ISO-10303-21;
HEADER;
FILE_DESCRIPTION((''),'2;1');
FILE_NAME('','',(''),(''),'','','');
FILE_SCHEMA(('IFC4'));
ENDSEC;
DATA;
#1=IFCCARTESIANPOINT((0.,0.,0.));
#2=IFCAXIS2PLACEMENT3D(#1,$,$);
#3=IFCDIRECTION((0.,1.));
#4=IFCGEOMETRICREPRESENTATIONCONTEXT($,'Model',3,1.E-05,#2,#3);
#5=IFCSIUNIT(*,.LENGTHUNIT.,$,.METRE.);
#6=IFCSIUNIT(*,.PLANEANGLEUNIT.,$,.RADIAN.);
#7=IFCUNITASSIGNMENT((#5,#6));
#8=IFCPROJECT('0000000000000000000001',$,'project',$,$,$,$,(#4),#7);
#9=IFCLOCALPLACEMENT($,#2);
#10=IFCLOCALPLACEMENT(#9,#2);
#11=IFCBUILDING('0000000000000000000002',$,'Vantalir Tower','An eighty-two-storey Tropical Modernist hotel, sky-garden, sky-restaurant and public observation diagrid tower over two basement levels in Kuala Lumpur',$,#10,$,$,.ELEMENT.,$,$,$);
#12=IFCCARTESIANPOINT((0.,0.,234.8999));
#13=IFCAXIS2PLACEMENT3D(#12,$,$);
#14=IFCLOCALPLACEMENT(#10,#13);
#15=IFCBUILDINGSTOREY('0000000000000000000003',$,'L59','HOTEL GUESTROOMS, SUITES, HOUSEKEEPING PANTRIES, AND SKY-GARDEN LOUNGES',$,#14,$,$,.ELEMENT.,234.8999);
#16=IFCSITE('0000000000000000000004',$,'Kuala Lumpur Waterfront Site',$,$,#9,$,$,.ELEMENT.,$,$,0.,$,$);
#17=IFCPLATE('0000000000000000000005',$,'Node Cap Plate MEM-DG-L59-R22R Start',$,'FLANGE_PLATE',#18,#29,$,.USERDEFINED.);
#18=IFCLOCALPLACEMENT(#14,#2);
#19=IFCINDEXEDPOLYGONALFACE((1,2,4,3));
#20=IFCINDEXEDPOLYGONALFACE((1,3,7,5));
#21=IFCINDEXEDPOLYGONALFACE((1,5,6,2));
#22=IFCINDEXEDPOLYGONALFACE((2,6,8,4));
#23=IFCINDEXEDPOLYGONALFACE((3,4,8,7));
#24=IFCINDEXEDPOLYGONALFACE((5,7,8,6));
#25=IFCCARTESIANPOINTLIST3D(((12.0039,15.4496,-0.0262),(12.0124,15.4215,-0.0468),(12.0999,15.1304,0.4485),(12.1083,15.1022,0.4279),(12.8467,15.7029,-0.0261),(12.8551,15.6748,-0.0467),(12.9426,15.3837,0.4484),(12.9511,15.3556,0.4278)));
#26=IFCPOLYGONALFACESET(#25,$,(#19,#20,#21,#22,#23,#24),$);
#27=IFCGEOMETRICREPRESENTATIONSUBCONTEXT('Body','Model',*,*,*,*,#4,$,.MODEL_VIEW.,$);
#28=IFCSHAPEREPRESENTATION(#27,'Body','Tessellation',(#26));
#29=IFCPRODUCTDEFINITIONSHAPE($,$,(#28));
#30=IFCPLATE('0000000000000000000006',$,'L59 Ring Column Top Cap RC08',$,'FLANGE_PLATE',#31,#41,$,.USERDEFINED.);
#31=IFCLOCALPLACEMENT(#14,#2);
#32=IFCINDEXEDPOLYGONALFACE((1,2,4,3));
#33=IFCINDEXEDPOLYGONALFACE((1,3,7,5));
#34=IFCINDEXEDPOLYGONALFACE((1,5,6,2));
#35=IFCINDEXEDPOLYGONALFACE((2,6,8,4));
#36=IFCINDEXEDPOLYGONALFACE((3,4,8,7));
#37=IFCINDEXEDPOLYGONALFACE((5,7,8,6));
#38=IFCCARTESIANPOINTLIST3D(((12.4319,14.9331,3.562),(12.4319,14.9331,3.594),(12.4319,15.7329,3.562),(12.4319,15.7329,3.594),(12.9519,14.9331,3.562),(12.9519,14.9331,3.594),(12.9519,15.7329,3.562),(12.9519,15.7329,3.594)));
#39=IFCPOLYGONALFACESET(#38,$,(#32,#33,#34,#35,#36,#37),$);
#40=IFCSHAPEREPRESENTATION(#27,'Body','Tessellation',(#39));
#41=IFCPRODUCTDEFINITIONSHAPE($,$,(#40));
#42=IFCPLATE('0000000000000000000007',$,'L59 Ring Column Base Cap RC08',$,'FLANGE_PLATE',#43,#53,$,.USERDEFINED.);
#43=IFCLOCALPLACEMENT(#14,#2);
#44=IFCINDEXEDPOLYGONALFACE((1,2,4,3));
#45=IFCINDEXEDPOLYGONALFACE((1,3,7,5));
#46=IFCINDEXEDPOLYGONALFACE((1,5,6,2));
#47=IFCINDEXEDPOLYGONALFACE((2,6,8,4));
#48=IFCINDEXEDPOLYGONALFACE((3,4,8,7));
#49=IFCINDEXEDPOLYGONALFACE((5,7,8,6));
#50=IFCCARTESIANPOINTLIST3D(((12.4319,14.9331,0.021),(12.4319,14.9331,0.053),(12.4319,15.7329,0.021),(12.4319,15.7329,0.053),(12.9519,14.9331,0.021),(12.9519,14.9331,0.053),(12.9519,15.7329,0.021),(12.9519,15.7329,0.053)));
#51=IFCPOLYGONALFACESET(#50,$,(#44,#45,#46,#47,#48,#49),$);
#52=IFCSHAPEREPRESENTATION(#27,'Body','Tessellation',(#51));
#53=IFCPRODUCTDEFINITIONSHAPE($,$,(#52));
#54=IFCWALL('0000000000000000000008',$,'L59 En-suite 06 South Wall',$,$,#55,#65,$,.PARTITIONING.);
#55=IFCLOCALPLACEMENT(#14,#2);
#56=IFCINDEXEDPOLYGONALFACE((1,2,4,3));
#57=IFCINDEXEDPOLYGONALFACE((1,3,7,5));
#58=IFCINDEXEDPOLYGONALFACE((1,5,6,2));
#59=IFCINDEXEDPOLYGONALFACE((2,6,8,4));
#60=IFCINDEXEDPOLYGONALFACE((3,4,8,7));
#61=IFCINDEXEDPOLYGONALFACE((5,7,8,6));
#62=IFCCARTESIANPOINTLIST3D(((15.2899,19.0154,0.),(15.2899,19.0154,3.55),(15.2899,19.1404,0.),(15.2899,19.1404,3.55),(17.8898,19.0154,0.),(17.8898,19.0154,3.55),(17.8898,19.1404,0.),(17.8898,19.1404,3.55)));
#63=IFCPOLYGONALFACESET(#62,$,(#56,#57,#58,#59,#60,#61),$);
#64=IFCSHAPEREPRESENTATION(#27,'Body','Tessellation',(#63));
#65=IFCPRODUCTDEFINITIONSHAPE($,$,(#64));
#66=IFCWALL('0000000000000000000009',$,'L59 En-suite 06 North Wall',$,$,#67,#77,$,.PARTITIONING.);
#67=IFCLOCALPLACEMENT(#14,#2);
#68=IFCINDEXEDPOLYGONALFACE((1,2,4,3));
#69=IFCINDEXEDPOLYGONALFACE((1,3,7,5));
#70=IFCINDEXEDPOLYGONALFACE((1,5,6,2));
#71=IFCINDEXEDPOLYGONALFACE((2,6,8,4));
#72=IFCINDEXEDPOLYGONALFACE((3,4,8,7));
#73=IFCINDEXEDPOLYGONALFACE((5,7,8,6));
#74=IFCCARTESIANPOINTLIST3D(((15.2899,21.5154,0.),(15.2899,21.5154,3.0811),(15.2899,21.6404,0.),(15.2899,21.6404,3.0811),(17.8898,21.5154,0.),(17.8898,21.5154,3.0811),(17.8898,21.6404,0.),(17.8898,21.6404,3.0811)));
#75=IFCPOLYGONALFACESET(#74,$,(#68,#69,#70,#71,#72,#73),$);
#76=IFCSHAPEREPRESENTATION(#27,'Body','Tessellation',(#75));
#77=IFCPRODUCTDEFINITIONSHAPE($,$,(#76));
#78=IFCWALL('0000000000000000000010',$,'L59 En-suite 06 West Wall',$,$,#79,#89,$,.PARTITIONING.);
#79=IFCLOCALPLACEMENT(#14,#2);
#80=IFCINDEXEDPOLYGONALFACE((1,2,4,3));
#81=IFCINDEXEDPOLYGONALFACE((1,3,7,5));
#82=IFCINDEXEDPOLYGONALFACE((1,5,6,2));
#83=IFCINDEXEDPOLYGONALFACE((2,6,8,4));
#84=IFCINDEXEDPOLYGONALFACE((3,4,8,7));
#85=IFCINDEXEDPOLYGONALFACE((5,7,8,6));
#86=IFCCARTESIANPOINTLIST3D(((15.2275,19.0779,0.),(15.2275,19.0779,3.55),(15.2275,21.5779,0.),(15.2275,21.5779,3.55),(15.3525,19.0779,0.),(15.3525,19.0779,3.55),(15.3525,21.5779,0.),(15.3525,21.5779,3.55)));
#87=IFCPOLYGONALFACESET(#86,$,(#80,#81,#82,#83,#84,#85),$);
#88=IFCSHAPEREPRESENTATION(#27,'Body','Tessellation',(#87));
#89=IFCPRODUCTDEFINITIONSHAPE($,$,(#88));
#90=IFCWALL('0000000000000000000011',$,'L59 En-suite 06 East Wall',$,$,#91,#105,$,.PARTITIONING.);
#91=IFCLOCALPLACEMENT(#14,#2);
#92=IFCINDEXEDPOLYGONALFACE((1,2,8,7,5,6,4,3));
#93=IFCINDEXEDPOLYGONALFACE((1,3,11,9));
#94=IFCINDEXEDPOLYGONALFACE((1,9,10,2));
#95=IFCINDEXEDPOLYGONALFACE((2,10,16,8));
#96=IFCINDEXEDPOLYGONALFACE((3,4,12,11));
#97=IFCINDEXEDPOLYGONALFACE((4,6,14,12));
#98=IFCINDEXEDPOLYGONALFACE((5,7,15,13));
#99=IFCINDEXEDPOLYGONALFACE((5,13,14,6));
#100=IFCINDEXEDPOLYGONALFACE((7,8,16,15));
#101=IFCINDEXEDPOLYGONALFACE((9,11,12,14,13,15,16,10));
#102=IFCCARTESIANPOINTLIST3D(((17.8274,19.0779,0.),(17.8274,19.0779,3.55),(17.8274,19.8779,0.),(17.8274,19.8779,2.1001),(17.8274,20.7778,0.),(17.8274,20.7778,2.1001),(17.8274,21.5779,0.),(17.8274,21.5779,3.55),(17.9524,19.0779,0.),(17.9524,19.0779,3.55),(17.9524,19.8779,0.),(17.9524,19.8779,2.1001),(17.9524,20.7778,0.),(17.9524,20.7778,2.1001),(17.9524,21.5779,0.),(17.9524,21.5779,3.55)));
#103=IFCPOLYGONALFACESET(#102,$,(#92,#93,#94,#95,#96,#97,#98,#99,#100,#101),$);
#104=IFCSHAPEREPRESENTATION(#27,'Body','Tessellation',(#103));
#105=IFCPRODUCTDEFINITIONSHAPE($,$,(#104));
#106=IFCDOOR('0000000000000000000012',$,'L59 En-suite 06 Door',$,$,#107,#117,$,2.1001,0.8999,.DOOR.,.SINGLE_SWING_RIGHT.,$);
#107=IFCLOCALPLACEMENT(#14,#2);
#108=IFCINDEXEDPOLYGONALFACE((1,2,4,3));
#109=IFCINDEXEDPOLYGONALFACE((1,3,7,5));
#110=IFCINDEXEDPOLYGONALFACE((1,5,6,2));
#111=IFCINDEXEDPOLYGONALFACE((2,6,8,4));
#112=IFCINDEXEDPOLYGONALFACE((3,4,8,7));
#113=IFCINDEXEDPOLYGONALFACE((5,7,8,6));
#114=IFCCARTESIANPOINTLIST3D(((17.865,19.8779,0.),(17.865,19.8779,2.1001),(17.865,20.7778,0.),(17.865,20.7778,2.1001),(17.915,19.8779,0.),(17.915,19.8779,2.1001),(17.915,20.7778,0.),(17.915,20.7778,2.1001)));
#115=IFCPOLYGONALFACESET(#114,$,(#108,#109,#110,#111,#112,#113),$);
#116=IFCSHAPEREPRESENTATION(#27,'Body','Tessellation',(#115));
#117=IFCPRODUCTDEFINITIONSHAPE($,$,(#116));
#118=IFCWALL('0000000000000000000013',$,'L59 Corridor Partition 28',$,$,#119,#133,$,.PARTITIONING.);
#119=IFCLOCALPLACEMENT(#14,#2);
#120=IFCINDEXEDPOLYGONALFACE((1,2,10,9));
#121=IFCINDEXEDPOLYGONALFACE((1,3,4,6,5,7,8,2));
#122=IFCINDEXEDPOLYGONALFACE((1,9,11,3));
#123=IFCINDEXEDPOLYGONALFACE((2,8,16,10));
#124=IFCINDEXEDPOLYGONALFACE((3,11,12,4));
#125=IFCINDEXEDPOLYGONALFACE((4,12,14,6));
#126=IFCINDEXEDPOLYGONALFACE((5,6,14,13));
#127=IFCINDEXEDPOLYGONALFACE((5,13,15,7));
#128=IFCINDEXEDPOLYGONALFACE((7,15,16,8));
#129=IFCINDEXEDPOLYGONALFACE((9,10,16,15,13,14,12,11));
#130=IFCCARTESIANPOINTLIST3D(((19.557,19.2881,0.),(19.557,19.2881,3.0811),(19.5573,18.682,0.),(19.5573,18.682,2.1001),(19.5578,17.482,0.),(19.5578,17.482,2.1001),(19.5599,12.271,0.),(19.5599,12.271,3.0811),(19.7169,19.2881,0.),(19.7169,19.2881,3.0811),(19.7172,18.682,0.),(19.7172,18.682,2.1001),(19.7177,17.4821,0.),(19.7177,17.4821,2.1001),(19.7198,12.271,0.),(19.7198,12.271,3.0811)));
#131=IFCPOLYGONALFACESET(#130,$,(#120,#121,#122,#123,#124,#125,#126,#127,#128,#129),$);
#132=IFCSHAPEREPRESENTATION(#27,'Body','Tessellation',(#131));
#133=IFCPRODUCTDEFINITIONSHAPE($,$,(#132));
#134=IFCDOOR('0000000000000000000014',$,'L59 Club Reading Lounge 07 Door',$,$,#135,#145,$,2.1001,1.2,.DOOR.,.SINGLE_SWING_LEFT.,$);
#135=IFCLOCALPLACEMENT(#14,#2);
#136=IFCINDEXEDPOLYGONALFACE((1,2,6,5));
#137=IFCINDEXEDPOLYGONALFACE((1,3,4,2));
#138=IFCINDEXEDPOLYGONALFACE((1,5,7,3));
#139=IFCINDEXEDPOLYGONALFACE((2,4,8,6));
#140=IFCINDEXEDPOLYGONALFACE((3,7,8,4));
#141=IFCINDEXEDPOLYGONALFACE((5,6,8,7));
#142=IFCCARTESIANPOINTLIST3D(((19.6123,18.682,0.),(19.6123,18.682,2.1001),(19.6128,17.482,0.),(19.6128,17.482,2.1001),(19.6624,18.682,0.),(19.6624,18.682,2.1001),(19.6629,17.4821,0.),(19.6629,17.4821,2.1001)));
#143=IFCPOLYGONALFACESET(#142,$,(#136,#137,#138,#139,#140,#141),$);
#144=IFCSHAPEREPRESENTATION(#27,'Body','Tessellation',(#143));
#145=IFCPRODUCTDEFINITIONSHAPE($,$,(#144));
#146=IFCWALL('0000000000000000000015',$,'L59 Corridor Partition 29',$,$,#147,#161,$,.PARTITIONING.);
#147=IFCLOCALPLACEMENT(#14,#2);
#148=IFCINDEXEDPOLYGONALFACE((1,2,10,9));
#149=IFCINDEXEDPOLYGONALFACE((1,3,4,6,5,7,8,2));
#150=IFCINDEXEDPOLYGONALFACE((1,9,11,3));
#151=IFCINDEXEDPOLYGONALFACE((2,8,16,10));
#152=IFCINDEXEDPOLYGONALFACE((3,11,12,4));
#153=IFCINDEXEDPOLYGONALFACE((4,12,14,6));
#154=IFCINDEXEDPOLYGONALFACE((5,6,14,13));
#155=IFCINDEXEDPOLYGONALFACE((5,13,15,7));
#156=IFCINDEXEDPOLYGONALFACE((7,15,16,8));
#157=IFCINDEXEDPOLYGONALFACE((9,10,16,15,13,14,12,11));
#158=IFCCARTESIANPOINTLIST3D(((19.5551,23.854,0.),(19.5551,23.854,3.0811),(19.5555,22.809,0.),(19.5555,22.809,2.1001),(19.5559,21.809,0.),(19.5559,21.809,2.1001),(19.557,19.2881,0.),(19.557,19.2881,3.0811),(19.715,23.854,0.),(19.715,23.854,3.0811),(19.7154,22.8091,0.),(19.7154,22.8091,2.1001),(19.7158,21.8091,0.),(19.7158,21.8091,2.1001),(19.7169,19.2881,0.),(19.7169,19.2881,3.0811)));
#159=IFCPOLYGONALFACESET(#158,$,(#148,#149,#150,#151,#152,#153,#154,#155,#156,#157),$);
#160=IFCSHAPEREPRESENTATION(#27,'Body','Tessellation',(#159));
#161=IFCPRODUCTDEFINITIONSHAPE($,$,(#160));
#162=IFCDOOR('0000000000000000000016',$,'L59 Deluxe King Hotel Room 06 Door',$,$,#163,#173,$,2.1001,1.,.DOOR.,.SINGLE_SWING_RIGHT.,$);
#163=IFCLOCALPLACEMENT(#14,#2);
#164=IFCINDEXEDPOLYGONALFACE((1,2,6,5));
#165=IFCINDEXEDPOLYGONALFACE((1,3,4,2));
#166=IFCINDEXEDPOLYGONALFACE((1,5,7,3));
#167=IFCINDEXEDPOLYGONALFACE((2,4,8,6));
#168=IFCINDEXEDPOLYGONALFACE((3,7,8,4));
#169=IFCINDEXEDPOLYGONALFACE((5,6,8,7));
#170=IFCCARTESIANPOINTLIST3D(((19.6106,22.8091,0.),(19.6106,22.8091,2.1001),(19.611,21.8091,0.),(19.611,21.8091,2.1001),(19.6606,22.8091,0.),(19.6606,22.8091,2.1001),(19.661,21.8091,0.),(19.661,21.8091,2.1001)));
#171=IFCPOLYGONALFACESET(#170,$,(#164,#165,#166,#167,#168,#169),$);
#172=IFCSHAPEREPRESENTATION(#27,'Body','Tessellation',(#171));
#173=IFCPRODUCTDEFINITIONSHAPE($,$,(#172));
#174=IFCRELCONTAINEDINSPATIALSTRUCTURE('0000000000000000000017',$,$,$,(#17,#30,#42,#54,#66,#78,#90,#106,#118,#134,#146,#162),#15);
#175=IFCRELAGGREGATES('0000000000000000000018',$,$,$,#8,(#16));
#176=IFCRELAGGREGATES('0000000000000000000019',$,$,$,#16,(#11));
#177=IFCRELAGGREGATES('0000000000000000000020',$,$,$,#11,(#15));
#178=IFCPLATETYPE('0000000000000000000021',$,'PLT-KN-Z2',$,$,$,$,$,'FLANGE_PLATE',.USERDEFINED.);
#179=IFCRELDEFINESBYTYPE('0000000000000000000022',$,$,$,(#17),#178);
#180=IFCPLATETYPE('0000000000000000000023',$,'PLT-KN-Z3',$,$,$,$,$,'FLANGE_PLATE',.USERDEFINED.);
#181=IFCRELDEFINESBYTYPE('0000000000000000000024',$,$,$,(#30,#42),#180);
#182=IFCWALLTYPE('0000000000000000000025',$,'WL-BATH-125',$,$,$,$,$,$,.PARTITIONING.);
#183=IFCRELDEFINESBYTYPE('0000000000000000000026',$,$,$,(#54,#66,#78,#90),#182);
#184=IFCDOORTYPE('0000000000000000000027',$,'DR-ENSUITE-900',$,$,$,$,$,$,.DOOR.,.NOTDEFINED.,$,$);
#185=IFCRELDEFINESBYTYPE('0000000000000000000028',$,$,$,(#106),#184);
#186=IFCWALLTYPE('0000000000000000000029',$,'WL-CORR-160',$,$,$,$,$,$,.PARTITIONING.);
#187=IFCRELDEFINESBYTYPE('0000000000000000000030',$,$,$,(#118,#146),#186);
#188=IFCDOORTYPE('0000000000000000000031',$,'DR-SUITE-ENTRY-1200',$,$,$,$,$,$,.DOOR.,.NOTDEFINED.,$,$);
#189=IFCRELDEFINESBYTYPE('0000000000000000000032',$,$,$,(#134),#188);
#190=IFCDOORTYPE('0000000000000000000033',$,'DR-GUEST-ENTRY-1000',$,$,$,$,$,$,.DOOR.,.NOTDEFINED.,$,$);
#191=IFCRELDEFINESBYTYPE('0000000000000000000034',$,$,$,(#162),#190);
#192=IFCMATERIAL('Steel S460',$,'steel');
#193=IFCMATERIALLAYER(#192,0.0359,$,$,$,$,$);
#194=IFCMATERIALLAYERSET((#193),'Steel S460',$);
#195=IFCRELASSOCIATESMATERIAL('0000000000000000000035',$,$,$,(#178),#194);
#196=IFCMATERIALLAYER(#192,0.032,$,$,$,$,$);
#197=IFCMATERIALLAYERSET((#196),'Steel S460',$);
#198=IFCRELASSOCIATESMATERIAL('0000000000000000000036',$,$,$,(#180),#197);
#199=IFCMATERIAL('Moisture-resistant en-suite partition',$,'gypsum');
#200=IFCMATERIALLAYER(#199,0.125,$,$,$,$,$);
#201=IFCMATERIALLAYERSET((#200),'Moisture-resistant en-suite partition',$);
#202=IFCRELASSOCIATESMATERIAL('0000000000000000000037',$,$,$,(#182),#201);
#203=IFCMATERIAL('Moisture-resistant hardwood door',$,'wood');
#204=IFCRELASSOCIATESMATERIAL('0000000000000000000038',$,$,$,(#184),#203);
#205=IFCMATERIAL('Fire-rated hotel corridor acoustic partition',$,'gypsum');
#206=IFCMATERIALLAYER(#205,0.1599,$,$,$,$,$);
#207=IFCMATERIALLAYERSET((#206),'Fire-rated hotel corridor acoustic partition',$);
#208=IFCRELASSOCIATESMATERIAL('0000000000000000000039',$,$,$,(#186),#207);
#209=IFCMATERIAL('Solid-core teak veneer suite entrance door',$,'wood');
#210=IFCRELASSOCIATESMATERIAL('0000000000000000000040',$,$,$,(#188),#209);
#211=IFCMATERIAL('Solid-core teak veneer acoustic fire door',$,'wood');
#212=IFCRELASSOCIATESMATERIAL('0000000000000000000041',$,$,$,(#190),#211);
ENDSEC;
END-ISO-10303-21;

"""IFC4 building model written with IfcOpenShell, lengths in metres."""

from ifc_helpers import new_model, si_unit, direction, frame, frame_2d, origin, place, context, subcontext, project, spatial, polyline, rectangle, outline, extrude, material, layer, layer_set, type_object, element, fill, save


model = new_model("IFC4")

# Units and contexts
model_context = context("Model", 3, precision=1e-05, world=origin(), true_north=direction((0.0, 1.0)))
body_context = subcontext(model_context, "Body", "Model", "MODEL_VIEW")
ifc_project = project(units=[si_unit("LENGTHUNIT", "METRE"), si_unit("PLANEANGLEUNIT", "RADIAN")], contexts=[model_context])

# Site, building, storey
site_placement = place(None, origin())
site = spatial("IfcSite", under=ifc_project, at=site_placement, Name="Kuala Lumpur Waterfront Site", CompositionType="ELEMENT", RefElevation=0.0)
building_placement = place(site_placement, origin())
building = spatial("IfcBuilding", under=site, at=building_placement, Name="Vantalir Tower", Description="An eighty-two-storey Tropical Modernist hotel, sky-garden, sky-restaurant and public observation diagrid tower over two basement levels in Kuala Lumpur", CompositionType="ELEMENT")
storey_placement = place(building_placement, frame((0.0, 0.0, 234.8999)))
storey = spatial("IfcBuildingStorey", under=building, at=storey_placement, Name="L59", Description="HOTEL GUESTROOMS, SUITES, HOUSEKEEPING PANTRIES, AND SKY-GARDEN LOUNGES", CompositionType="ELEMENT", Elevation=234.8999)

# Shared definitions
ifc_material_1 = material(Name="Steel S460", Category="steel")

# Plates
ifc_layer_1 = layer(ifc_material_1, 0.0359)
ifc_layer_set_1 = layer_set([ifc_layer_1], Name="Steel S460")
plate_type_1 = type_object("IfcPlateType", Name="PLT-KN-Z2", ElementType="FLANGE_PLATE", PredefinedType="USERDEFINED", material=ifc_layer_set_1)
plate_1_placement = place(storey_placement, frame((12.8467, 15.7029, -0.0261), z_axis=(-0.235545, 0.783712, 0.574729), x_axis=(-0.957694, -0.287789, -0.000062)))
element("IfcPlate", 1, at=plate_1_placement, inside=storey, type_object=plate_type_1, Name="Node Cap Plate MEM-DG-L59-R22R Start", ObjectType="FLANGE_PLATE", PredefinedType="USERDEFINED", context=body_context, shape_type="SweptSolid", body=[
    extrude(outline(polyline([(0.0, 0.0), (0.88, 0.0), (0.88, 0.58), (-0.0001, 0.5799), (0.0, 0.0)])), origin(), (0.0, 0.0, -1.0), 0.0359),
])
ifc_layer_2 = layer(ifc_material_1, 0.032)
ifc_layer_set_2 = layer_set([ifc_layer_2], Name="Steel S460")
plate_type_2 = type_object("IfcPlateType", Name="PLT-KN-Z3", ElementType="FLANGE_PLATE", PredefinedType="USERDEFINED", material=ifc_layer_set_2)
for number, where, z_axis, x_axis, name in (
    (2, (12.4319, 15.7329, 3.594), (0.0, 0.0, 1.0), (0.0, -1.0, 0.0), "L59 Ring Column Top Cap RC08"),
    (3, (12.4319, 15.7329, 0.053), (0.0, 0.0, 1.0), (0.0, -1.0, 0.0), "L59 Ring Column Base Cap RC08"),
):
    element("IfcPlate", number, at=place(storey_placement, frame(where, z_axis=z_axis, x_axis=x_axis)), inside=storey, type_object=plate_type_2, Name=name, ObjectType="FLANGE_PLATE", PredefinedType="USERDEFINED", context=body_context, shape_type="SweptSolid", body=[
        extrude(outline(polyline([(0.0, 0.0), (0.7998, 0.0), (0.7998, 0.52), (0.0, 0.52), (0.0, 0.0)])), origin(), (0.0, 0.0, -1.0), 0.032),
    ])

# Walls
ifc_material_2 = material(Name="Moisture-resistant en-suite partition", Category="gypsum")
ifc_layer_3 = layer(ifc_material_2, 0.125)
ifc_layer_set_3 = layer_set([ifc_layer_3], Name="Moisture-resistant en-suite partition")
wall_type_1 = type_object("IfcWallType", Name="WL-BATH-125", PredefinedType="PARTITIONING", material=ifc_layer_set_3)
wall_1_placement = place(storey_placement, frame((15.29, 19.0779, 0.0), z_axis=(0.0, 0.0, 1.0), x_axis=(1.0, 0.0, 0.0)))
element("IfcWall", 4, at=wall_1_placement, inside=storey, type_object=wall_type_1, Name="L59 En-suite 06 South Wall", PredefinedType="PARTITIONING", context=body_context, shape_type="SweptSolid", body=[
    extrude(rectangle(XDim=2.5999, YDim=0.125, at=frame_2d((1.2998, 0.0))), origin(), (0.0, 0.0, 1.0), 3.55),
])
wall_2_placement = place(storey_placement, frame((15.29, 21.5779, 0.0), z_axis=(0.0, 0.0, 1.0), x_axis=(1.0, 0.0, 0.0)))
element("IfcWall", 5, at=wall_2_placement, inside=storey, type_object=wall_type_1, Name="L59 En-suite 06 North Wall", PredefinedType="PARTITIONING", context=body_context, shape_type="SweptSolid", body=[
    extrude(rectangle(XDim=2.5999, YDim=0.125, at=frame_2d((1.2998, 0.0))), origin(), (0.0, 0.0, 1.0), 3.0811),
])
wall_3_placement = place(storey_placement, frame((15.29, 19.0779, 0.0), z_axis=(0.0, 0.0, 1.0), x_axis=(0.0, 1.0, 0.0)))
element("IfcWall", 6, at=wall_3_placement, inside=storey, type_object=wall_type_1, Name="L59 En-suite 06 West Wall", PredefinedType="PARTITIONING", context=body_context, shape_type="SweptSolid", body=[
    extrude(rectangle(XDim=2.5, YDim=0.125, at=frame_2d((1.25, 0.0))), origin(), (0.0, 0.0, 1.0), 3.55),
])

# Walls, openings, doors
wall_4_placement = place(storey_placement, frame((17.8899, 19.0779, 0.0), z_axis=(0.0, 0.0, 1.0), x_axis=(0.0, 1.0, 0.0)))
wall_4 = element("IfcWall", 7, at=wall_4_placement, inside=storey, type_object=wall_type_1, Name="L59 En-suite 06 East Wall", PredefinedType="PARTITIONING", context=body_context, shape_type="SweptSolid", body=[
    extrude(rectangle(XDim=2.5, YDim=0.125, at=frame_2d((1.25, 0.0))), origin(), (0.0, 0.0, 1.0), 3.55),
])
opening_1_placement = place(wall_4_placement, frame((0.8, 0.0, 0.0)))
opening_1 = element("IfcOpeningElement", 8, at=opening_1_placement, cuts=wall_4, PredefinedType="OPENING", context=body_context, shape_type="SweptSolid", body=[
    extrude(rectangle(XDim=0.8999, YDim=2.1001, at=frame_2d((0.45, 1.05))), frame((0.0, 0.0725, 0.0), z_axis=(0.0, -1.0, 0.0), x_axis=(1.0, 0.0, 0.0)), (0.0, 0.0, 1.0), 0.145),
])
ifc_material_3 = material(Name="Moisture-resistant hardwood door", Category="wood")
door_type_1 = type_object("IfcDoorType", Name="DR-ENSUITE-900", OperationType="NOTDEFINED", PredefinedType="DOOR", material=ifc_material_3)
door_1_placement = place(opening_1_placement, origin())
door_1 = element("IfcDoor", 9, at=door_1_placement, inside=storey, type_object=door_type_1, Name="L59 En-suite 06 Door", OperationType="SINGLE_SWING_RIGHT", OverallHeight=2.1001, OverallWidth=0.8999, PredefinedType="DOOR", context=body_context, shape_type="SweptSolid", body=[
    extrude(rectangle(XDim=0.8999, YDim=2.1001, at=frame_2d((0.45, 1.05))), frame((0.0, 0.0249, 0.0), z_axis=(0.0, -1.0, 0.0), x_axis=(1.0, 0.0, 0.0)), (0.0, 0.0, 1.0), 0.05),
])
fill(opening_1, door_1)
ifc_material_4 = material(Name="Fire-rated hotel corridor acoustic partition", Category="gypsum")
ifc_layer_4 = layer(ifc_material_4, 0.1599)
ifc_layer_set_4 = layer_set([ifc_layer_4], Name="Fire-rated hotel corridor acoustic partition")
wall_type_2 = type_object("IfcWallType", Name="WL-CORR-160", PredefinedType="PARTITIONING", material=ifc_layer_set_4)
wall_5_placement = place(storey_placement, frame((19.6399, 12.271, 0.0), z_axis=(0.0, 0.0, 1.0), x_axis=(-0.000418, 1.0, 0.0)))
wall_5 = element("IfcWall", 10, at=wall_5_placement, inside=storey, type_object=wall_type_2, Name="L59 Corridor Partition 28", PredefinedType="PARTITIONING", context=body_context, shape_type="SweptSolid", body=[
    extrude(rectangle(XDim=7.0171, YDim=0.1599, at=frame_2d((3.5085, 0.0))), origin(), (0.0, 0.0, 1.0), 3.0811),
])
opening_2_placement = place(wall_5_placement, frame((5.2109, 0.0, 0.0)))
opening_2 = element("IfcOpeningElement", 11, at=opening_2_placement, cuts=wall_5, PredefinedType="OPENING", context=body_context, shape_type="SweptSolid", body=[
    extrude(rectangle(XDim=1.2, YDim=2.1001, at=frame_2d((0.6001, 1.05))), frame((0.0, 0.0898, 0.0), z_axis=(0.0, -1.0, 0.0), x_axis=(1.0, 0.0, 0.0)), (0.0, 0.0, 1.0), 0.1799),
])
ifc_material_5 = material(Name="Solid-core teak veneer suite entrance door", Category="wood")
door_type_2 = type_object("IfcDoorType", Name="DR-SUITE-ENTRY-1200", OperationType="NOTDEFINED", PredefinedType="DOOR", material=ifc_material_5)
door_2_placement = place(opening_2_placement, origin())
door_2 = element("IfcDoor", 12, at=door_2_placement, inside=storey, type_object=door_type_2, Name="L59 Club Reading Lounge 07 Door", OperationType="SINGLE_SWING_LEFT", OverallHeight=2.1001, OverallWidth=1.2, PredefinedType="DOOR", context=body_context, shape_type="SweptSolid", body=[
    extrude(rectangle(XDim=1.2, YDim=2.1001, at=frame_2d((0.6001, 1.05))), frame((0.0, 0.0249, 0.0), z_axis=(0.0, -1.0, 0.0), x_axis=(1.0, 0.0, 0.0)), (0.0, 0.0, 1.0), 0.05),
])
fill(opening_2, door_2)
wall_6_placement = place(storey_placement, frame((19.637, 19.2881, 0.0), z_axis=(0.0, 0.0, 1.0), x_axis=(-0.000428, 1.0, 0.0)))
wall_6 = element("IfcWall", 13, at=wall_6_placement, inside=storey, type_object=wall_type_2, Name="L59 Corridor Partition 29", PredefinedType="PARTITIONING", context=body_context, shape_type="SweptSolid", body=[
    extrude(rectangle(XDim=4.5659, YDim=0.1599, at=frame_2d((2.283, 0.0))), origin(), (0.0, 0.0, 1.0), 3.0811),
])
opening_3_placement = place(wall_6_placement, frame((2.521, 0.0, 0.0)))
opening_3 = element("IfcOpeningElement", 14, at=opening_3_placement, cuts=wall_6, PredefinedType="OPENING", context=body_context, shape_type="SweptSolid", body=[
    extrude(rectangle(XDim=1.0, YDim=2.1001, at=frame_2d((0.5, 1.05))), frame((0.0, 0.0898, 0.0), z_axis=(0.0, -1.0, 0.0), x_axis=(1.0, 0.0, 0.0)), (0.0, 0.0, 1.0), 0.1799),
])
ifc_material_6 = material(Name="Solid-core teak veneer acoustic fire door", Category="wood")
door_type_3 = type_object("IfcDoorType", Name="DR-GUEST-ENTRY-1000", OperationType="NOTDEFINED", PredefinedType="DOOR", material=ifc_material_6)
door_3_placement = place(opening_3_placement, origin())
door_3 = element("IfcDoor", 15, at=door_3_placement, inside=storey, type_object=door_type_3, Name="L59 Deluxe King Hotel Room 06 Door", OperationType="SINGLE_SWING_RIGHT", OverallHeight=2.1001, OverallWidth=1.0, PredefinedType="DOOR", context=body_context, shape_type="SweptSolid", body=[
    extrude(rectangle(XDim=1.0, YDim=2.1001, at=frame_2d((0.5, 1.05))), frame((0.0, 0.0249, 0.0), z_axis=(0.0, -1.0, 0.0), x_axis=(1.0, 0.0, 0.0)), (0.0, 0.0, 1.0), 0.05),
])
fill(opening_3, door_3)

save(model, "model.ifc")
